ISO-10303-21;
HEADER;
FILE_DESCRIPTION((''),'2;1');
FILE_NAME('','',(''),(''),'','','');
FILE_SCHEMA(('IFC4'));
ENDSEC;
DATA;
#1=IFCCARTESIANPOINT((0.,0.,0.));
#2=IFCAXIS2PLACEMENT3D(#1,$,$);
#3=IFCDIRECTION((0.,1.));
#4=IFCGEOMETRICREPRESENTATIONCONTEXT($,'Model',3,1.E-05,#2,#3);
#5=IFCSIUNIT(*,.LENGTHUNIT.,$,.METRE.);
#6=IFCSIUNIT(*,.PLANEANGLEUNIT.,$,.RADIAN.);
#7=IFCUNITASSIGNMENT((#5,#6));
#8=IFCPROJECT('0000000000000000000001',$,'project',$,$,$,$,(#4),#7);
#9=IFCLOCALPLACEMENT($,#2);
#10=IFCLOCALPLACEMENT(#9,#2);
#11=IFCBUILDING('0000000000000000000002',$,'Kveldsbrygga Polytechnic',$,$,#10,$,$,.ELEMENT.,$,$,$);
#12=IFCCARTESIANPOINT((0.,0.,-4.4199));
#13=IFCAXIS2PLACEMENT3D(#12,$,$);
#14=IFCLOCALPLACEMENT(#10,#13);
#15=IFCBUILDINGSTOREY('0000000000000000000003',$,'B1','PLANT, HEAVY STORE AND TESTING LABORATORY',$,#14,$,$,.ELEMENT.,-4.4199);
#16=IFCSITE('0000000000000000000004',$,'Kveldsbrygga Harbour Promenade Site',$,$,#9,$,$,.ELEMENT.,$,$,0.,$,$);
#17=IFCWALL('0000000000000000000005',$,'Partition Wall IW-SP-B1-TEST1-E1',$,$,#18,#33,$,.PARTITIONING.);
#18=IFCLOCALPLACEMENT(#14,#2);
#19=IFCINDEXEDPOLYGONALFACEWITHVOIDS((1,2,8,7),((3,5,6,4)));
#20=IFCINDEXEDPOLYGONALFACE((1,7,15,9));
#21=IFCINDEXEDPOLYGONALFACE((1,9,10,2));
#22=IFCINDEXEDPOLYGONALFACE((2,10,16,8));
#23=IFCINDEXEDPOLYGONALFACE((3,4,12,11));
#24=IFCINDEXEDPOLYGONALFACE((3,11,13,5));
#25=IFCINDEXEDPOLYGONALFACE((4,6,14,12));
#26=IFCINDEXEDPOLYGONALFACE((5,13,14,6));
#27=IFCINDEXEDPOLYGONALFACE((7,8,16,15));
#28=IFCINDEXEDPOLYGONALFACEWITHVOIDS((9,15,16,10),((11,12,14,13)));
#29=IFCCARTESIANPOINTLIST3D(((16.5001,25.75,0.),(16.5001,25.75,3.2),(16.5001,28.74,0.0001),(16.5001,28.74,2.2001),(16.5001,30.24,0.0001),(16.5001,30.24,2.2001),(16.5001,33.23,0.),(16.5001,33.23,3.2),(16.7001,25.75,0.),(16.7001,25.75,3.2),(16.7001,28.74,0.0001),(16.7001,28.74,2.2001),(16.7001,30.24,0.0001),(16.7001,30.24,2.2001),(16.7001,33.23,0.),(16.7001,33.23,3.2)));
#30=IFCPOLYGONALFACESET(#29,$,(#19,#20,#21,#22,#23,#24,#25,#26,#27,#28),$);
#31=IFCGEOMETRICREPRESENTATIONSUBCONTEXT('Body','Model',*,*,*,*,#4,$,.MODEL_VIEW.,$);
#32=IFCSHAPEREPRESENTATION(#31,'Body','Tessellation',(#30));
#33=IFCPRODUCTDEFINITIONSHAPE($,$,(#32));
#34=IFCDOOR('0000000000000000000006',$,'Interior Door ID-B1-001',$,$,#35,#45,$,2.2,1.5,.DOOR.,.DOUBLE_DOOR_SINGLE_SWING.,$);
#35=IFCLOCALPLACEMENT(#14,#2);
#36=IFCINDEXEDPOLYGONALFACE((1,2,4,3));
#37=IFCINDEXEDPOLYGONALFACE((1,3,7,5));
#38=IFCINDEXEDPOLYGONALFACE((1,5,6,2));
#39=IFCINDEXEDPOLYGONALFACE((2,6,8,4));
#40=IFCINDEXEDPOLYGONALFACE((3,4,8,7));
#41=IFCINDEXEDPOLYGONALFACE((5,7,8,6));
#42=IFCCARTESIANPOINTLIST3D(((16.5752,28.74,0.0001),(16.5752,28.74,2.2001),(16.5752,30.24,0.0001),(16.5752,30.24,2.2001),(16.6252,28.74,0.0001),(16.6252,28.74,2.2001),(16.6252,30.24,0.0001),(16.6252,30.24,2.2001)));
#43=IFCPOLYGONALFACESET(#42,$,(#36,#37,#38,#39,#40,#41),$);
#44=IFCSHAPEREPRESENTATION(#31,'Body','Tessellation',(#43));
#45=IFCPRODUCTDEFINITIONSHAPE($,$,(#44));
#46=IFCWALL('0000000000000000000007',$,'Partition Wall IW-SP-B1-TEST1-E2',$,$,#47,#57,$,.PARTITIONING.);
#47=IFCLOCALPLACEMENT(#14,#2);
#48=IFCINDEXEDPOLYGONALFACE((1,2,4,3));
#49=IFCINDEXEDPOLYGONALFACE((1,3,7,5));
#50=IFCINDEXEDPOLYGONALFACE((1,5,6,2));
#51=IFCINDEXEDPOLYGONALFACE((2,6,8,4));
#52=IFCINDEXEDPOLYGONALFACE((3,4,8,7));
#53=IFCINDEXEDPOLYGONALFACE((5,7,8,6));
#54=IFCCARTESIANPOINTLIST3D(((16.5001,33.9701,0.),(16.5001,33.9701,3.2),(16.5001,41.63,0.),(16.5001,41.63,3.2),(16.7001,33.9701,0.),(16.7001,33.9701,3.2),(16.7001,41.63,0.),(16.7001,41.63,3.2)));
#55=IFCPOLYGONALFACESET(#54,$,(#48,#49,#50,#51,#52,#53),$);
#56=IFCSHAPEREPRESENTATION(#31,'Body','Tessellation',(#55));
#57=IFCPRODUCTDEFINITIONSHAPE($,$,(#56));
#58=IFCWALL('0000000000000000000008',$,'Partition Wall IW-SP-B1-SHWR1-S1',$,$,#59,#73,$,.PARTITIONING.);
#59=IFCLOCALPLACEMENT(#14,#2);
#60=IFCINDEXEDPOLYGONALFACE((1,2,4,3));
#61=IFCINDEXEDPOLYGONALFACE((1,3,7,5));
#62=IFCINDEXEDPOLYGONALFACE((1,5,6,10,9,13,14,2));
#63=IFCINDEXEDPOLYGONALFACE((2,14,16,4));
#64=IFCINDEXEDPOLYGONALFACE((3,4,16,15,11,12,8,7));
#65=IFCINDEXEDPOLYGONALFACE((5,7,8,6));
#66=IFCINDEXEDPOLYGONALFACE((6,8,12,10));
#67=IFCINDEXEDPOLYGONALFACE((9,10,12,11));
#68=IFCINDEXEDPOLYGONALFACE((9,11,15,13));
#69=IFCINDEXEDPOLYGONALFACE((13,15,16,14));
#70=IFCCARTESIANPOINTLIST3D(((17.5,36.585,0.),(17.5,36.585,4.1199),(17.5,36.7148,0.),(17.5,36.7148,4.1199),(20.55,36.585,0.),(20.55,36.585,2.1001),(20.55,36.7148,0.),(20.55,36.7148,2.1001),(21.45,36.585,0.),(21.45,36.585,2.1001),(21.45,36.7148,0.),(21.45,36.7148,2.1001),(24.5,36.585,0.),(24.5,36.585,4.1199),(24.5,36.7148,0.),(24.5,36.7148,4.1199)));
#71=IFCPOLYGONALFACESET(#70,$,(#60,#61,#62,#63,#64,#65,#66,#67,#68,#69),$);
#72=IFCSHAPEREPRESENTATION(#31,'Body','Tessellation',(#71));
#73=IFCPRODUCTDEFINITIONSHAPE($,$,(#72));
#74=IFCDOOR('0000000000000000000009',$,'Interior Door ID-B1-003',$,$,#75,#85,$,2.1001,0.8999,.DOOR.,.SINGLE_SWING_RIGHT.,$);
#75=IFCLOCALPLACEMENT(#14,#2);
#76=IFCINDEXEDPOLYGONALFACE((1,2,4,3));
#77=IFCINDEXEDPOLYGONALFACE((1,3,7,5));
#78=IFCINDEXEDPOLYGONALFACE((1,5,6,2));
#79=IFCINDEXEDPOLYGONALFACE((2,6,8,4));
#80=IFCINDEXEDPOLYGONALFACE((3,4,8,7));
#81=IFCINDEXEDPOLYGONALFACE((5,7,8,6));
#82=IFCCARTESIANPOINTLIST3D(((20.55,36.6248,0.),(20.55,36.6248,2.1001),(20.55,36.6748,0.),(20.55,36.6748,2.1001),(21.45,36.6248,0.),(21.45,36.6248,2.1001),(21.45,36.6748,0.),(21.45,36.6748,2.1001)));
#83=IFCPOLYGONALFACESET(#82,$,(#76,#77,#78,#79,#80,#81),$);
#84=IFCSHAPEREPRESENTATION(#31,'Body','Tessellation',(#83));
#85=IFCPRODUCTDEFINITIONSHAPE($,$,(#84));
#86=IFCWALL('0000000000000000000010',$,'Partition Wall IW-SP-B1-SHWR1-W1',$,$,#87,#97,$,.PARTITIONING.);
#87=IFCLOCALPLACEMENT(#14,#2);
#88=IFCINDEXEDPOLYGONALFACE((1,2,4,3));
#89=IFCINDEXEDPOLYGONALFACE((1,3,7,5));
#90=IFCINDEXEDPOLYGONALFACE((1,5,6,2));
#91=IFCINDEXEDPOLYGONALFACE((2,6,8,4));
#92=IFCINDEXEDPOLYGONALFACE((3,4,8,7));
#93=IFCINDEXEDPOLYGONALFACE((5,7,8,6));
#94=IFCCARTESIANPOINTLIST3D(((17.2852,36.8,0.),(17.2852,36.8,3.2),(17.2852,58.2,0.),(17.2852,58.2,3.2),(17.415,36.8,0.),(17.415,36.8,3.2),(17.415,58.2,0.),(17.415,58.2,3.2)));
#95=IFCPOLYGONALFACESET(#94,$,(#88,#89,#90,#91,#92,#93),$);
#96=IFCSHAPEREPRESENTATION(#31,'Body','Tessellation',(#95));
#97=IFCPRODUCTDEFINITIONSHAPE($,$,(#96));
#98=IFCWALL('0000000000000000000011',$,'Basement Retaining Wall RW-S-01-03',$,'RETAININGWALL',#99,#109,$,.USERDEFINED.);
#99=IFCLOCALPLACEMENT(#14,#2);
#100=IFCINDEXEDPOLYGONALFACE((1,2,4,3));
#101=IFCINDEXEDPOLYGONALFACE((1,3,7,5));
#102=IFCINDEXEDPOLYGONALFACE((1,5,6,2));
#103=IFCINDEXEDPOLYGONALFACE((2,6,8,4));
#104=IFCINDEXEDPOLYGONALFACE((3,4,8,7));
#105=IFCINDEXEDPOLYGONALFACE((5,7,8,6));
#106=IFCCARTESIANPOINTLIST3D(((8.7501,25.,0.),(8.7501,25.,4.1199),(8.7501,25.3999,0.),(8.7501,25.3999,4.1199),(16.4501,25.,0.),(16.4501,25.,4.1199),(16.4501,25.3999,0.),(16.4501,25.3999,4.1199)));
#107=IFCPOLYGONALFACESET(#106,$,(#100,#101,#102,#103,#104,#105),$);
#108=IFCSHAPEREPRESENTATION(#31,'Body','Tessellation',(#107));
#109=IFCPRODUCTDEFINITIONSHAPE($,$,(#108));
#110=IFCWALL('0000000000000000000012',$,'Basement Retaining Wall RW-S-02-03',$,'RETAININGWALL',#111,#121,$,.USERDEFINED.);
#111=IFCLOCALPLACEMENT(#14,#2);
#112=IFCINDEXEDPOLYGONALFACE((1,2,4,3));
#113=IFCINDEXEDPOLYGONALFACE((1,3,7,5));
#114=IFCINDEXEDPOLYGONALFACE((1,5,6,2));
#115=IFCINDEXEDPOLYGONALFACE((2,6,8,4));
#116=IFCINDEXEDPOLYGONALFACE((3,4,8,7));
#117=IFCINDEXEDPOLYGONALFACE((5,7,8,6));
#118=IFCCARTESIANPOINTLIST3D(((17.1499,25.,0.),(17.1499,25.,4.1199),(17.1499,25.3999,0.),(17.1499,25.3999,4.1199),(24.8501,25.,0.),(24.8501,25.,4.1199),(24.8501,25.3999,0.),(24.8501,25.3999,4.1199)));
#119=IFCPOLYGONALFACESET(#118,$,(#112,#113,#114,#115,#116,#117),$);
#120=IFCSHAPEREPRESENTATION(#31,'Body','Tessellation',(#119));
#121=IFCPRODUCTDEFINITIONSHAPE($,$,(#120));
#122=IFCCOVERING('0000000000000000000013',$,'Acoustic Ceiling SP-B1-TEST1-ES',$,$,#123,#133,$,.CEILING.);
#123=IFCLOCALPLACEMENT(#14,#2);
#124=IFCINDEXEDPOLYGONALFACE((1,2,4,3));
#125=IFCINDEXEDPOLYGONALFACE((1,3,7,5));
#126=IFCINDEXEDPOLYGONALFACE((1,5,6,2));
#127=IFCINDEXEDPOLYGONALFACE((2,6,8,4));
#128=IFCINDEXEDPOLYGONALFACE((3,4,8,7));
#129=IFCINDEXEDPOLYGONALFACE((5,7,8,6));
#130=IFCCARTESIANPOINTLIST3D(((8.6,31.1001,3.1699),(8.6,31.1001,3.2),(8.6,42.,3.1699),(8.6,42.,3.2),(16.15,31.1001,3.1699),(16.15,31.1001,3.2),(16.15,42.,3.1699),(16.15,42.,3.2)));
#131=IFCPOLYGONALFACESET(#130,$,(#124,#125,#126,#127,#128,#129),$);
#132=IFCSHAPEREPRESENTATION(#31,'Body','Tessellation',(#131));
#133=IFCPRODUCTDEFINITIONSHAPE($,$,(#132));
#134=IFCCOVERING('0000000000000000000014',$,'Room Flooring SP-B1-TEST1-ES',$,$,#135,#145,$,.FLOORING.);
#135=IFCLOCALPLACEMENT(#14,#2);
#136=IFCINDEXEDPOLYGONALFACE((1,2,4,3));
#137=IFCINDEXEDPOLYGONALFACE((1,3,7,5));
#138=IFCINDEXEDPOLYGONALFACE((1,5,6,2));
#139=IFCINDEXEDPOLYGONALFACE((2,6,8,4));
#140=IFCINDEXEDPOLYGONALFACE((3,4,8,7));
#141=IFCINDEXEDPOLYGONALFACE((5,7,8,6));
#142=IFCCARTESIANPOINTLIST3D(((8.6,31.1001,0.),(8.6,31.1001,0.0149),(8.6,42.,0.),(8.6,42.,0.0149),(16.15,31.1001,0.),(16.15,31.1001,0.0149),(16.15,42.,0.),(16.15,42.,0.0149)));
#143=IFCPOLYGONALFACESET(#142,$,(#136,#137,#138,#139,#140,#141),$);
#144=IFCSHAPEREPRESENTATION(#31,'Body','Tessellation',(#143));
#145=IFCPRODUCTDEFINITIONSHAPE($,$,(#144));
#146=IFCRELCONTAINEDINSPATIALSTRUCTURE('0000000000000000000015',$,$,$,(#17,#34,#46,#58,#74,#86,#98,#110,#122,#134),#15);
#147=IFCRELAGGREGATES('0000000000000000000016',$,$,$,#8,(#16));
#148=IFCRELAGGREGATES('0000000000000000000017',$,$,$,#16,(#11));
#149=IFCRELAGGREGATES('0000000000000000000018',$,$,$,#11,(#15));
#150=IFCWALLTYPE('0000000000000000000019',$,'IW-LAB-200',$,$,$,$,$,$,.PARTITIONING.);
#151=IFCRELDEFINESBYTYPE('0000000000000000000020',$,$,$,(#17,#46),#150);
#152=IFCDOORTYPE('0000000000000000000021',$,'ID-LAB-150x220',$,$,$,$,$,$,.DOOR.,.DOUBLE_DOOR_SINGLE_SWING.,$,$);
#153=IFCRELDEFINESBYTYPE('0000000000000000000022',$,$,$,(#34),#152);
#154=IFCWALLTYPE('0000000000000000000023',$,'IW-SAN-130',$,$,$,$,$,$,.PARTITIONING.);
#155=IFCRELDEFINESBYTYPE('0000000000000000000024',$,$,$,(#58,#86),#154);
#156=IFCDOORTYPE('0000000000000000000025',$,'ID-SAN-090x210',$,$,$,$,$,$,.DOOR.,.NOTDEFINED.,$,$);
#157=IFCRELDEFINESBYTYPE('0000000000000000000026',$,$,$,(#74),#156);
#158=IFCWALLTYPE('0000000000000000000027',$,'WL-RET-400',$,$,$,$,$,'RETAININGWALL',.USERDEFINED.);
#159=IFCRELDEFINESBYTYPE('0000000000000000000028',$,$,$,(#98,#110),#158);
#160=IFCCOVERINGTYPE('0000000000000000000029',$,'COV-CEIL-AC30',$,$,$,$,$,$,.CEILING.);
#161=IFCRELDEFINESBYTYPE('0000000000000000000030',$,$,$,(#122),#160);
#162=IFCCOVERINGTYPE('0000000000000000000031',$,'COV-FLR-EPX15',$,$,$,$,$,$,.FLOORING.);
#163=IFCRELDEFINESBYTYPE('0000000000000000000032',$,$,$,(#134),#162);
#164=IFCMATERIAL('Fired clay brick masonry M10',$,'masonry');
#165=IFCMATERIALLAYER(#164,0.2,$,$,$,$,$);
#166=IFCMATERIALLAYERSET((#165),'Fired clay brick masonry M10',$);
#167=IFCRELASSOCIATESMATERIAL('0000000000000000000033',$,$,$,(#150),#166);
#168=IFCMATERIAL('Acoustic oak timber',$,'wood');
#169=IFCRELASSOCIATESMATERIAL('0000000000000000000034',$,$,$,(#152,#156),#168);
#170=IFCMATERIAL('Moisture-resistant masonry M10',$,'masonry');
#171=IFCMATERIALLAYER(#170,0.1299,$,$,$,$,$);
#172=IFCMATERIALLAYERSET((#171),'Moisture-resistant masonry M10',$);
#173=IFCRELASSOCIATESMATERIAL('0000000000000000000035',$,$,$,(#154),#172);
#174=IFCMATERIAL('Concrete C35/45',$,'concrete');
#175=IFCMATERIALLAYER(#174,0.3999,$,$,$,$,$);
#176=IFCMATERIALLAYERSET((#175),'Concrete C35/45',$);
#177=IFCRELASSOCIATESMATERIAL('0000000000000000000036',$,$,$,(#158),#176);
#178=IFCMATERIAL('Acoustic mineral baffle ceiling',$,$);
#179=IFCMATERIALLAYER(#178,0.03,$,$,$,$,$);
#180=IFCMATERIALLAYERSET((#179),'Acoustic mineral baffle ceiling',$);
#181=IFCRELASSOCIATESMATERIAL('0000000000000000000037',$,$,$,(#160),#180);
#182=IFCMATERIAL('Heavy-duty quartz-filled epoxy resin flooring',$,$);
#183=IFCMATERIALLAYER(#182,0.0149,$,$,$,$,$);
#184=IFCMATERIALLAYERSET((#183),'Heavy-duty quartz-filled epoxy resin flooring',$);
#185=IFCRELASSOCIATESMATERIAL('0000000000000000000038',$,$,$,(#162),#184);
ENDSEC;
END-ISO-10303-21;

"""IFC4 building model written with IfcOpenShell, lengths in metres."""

from ifc_helpers import new_model, si_unit, direction, frame, frame_2d, origin, origin_2d, place, context, subcontext, project, spatial, rectangle, extrude, material, layer, layer_set, type_object, element, fill, save


model = new_model("IFC4")

# Units and contexts
model_context = context("Model", 3, precision=1e-05, world=origin(), true_north=direction((0.0, 1.0)))
body_context = subcontext(model_context, "Body", "Model", "MODEL_VIEW")
ifc_project = project(units=[si_unit("LENGTHUNIT", "METRE"), si_unit("PLANEANGLEUNIT", "RADIAN")], contexts=[model_context])

# Site, building, storey
site_placement = place(None, origin())
site = spatial("IfcSite", under=ifc_project, at=site_placement, Name="Kveldsbrygga Harbour Promenade Site", CompositionType="ELEMENT", RefElevation=0.0)
building_placement = place(site_placement, origin())
building = spatial("IfcBuilding", under=site, at=building_placement, Name="Kveldsbrygga Polytechnic", CompositionType="ELEMENT")
storey_placement = place(building_placement, frame((0.0, 0.0, -4.4199)))
storey = spatial("IfcBuildingStorey", under=building, at=storey_placement, Name="B1", Description="PLANT, HEAVY STORE AND TESTING LABORATORY", CompositionType="ELEMENT", Elevation=-4.4199)

# Shared definitions
ifc_material_1 = material(Name="Concrete C35/45", Category="concrete")

# Wall, opening, door
ifc_material_2 = material(Name="Fired clay brick masonry M10", Category="masonry")
ifc_layer_1 = layer(ifc_material_2, 0.2)
ifc_layer_set_1 = layer_set([ifc_layer_1], Name="Fired clay brick masonry M10")
wall_type_1 = type_object("IfcWallType", Name="IW-LAB-200", PredefinedType="PARTITIONING", material=ifc_layer_set_1)
wall_1_placement = place(storey_placement, frame((16.6001, 25.75, 0.0), z_axis=(0.0, 0.0, 1.0), x_axis=(0.0, 1.0, 0.0)))
wall_1 = element("IfcWall", 1, at=wall_1_placement, inside=storey, type_object=wall_type_1, Name="Partition Wall IW-SP-B1-TEST1-E1", PredefinedType="PARTITIONING", context=body_context, shape_type="SweptSolid", body=[
    extrude(rectangle(XDim=7.48, YDim=0.2, at=frame_2d((3.74, 0.0))), origin(), (0.0, 0.0, 1.0), 3.2),
])
opening_1_placement = place(wall_1_placement, frame((2.99, 0.0, 0.0)))
opening_1 = element("IfcOpeningElement", 2, at=opening_1_placement, cuts=wall_1, PredefinedType="OPENING", context=body_context, shape_type="SweptSolid", body=[
    extrude(rectangle(XDim=1.5, YDim=2.2, at=frame_2d((0.75, 1.1001))), frame((0.0, 0.1099, 0.0), z_axis=(0.0, -1.0, 0.0), x_axis=(1.0, 0.0, 0.0)), (0.0, 0.0, 1.0), 0.22),
])
ifc_material_3 = material(Name="Acoustic oak timber", Category="wood")
door_type_1 = type_object("IfcDoorType", Name="ID-LAB-150x220", OperationType="DOUBLE_DOOR_SINGLE_SWING", PredefinedType="DOOR", material=ifc_material_3)
door_1_placement = place(opening_1_placement, origin())
door_1 = element("IfcDoor", 3, at=door_1_placement, inside=storey, type_object=door_type_1, Name="Interior Door ID-B1-001", OperationType="DOUBLE_DOOR_SINGLE_SWING", OverallHeight=2.2, OverallWidth=1.5, PredefinedType="DOOR", context=body_context, shape_type="SweptSolid", body=[
    extrude(rectangle(XDim=1.5, YDim=2.2, at=frame_2d((0.75, 1.1001))), frame((0.0, 0.0249, 0.0), z_axis=(0.0, -1.0, 0.0), x_axis=(1.0, 0.0, 0.0)), (0.0, 0.0, 1.0), 0.05),
])
fill(opening_1, door_1)

# Wall
wall_2_placement = place(storey_placement, frame((16.6001, 33.97, 0.0), z_axis=(0.0, 0.0, 1.0), x_axis=(0.0, 1.0, 0.0)))
element("IfcWall", 4, at=wall_2_placement, inside=storey, type_object=wall_type_1, Name="Partition Wall IW-SP-B1-TEST1-E2", PredefinedType="PARTITIONING", context=body_context, shape_type="SweptSolid", body=[
    extrude(rectangle(XDim=7.6599, YDim=0.2, at=frame_2d((3.8301, 0.0))), origin(), (0.0, 0.0, 1.0), 3.2),
])

# Wall, opening, door
ifc_material_4 = material(Name="Moisture-resistant masonry M10", Category="masonry")
ifc_layer_2 = layer(ifc_material_4, 0.1299)
ifc_layer_set_2 = layer_set([ifc_layer_2], Name="Moisture-resistant masonry M10")
wall_type_2 = type_object("IfcWallType", Name="IW-SAN-130", PredefinedType="PARTITIONING", material=ifc_layer_set_2)
wall_3_placement = place(storey_placement, frame((17.5, 36.6499, 0.0), z_axis=(0.0, 0.0, 1.0), x_axis=(1.0, 0.0, 0.0)))
wall_3 = element("IfcWall", 5, at=wall_3_placement, inside=storey, type_object=wall_type_2, Name="Partition Wall IW-SP-B1-SHWR1-S1", PredefinedType="PARTITIONING", context=body_context, shape_type="SweptSolid", body=[
    extrude(rectangle(XDim=7.0, YDim=0.1299, at=frame_2d((3.5, 0.0))), origin(), (0.0, 0.0, 1.0), 4.1199),
])
opening_2_placement = place(wall_3_placement, frame((3.05, 0.0, 0.0)))
opening_2 = element("IfcOpeningElement", 6, at=opening_2_placement, cuts=wall_3, PredefinedType="OPENING", context=body_context, shape_type="SweptSolid", body=[
    extrude(rectangle(XDim=0.8999, YDim=2.1001, at=frame_2d((0.45, 1.05))), frame((0.0, 0.075, 0.0), z_axis=(0.0, -1.0, 0.0), x_axis=(1.0, 0.0, 0.0)), (0.0, 0.0, 1.0), 0.1499),
])
door_type_2 = type_object("IfcDoorType", Name="ID-SAN-090x210", OperationType="NOTDEFINED", PredefinedType="DOOR", material=ifc_material_3)
door_2_placement = place(opening_2_placement, origin())
door_2 = element("IfcDoor", 7, at=door_2_placement, inside=storey, type_object=door_type_2, Name="Interior Door ID-B1-003", OperationType="SINGLE_SWING_RIGHT", OverallHeight=2.1001, OverallWidth=0.8999, PredefinedType="DOOR", context=body_context, shape_type="SweptSolid", body=[
    extrude(rectangle(XDim=0.8999, YDim=2.1001, at=frame_2d((0.45, 1.05))), frame((0.0, 0.0249, 0.0), z_axis=(0.0, -1.0, 0.0), x_axis=(1.0, 0.0, 0.0)), (0.0, 0.0, 1.0), 0.05),
])
fill(opening_2, door_2)

# Walls
wall_4_placement = place(storey_placement, frame((17.3501, 36.8, 0.0), z_axis=(0.0, 0.0, 1.0), x_axis=(0.0, 1.0, 0.0)))
element("IfcWall", 8, at=wall_4_placement, inside=storey, type_object=wall_type_2, Name="Partition Wall IW-SP-B1-SHWR1-W1", PredefinedType="PARTITIONING", context=body_context, shape_type="SweptSolid", body=[
    extrude(rectangle(XDim=21.3999, YDim=0.1299, at=frame_2d((10.7, 0.0))), origin(), (0.0, 0.0, 1.0), 3.2),
])
ifc_layer_3 = layer(ifc_material_1, 0.3999)
ifc_layer_set_3 = layer_set([ifc_layer_3], Name="Concrete C35/45")
wall_type_3 = type_object("IfcWallType", Name="WL-RET-400", ElementType="RETAININGWALL", PredefinedType="USERDEFINED", material=ifc_layer_set_3)
wall_5_placement = place(storey_placement, frame((8.75, 25.2, 0.0), z_axis=(0.0, 0.0, 1.0), x_axis=(1.0, 0.0, 0.0)))
element("IfcWall", 9, at=wall_5_placement, inside=storey, type_object=wall_type_3, Name="Basement Retaining Wall RW-S-01-03", ObjectType="RETAININGWALL", PredefinedType="USERDEFINED", context=body_context, shape_type="SweptSolid", body=[
    extrude(rectangle(XDim=7.7, YDim=0.3999, at=frame_2d((3.8501, 0.0))), origin(), (0.0, 0.0, 1.0), 4.1199),
])
wall_6_placement = place(storey_placement, frame((17.1499, 25.2, 0.0), z_axis=(0.0, 0.0, 1.0), x_axis=(1.0, 0.0, 0.0)))
element("IfcWall", 10, at=wall_6_placement, inside=storey, type_object=wall_type_3, Name="Basement Retaining Wall RW-S-02-03", ObjectType="RETAININGWALL", PredefinedType="USERDEFINED", context=body_context, shape_type="SweptSolid", body=[
    extrude(rectangle(XDim=7.7002, YDim=0.3999, at=frame_2d((3.8501, 0.0))), origin(), (0.0, 0.0, 1.0), 4.1199),
])

# Coverings
ifc_material_5 = material(Name="Acoustic mineral baffle ceiling")
ifc_layer_4 = layer(ifc_material_5, 0.03)
ifc_layer_set_4 = layer_set([ifc_layer_4], Name="Acoustic mineral baffle ceiling")
covering_type_1 = type_object("IfcCoveringType", Name="COV-CEIL-AC30", PredefinedType="CEILING", material=ifc_layer_set_4)
covering_1_placement = place(storey_placement, frame((12.375, 36.55, 3.1699), z_axis=(0.0, 0.0, 1.0), x_axis=(1.0, 0.0, 0.0)))
element("IfcCovering", 11, at=covering_1_placement, inside=storey, type_object=covering_type_1, Name="Acoustic Ceiling SP-B1-TEST1-ES", PredefinedType="CEILING", context=body_context, shape_type="SweptSolid", body=[
    extrude(rectangle(XDim=7.55, YDim=10.8999, at=origin_2d()), origin(), (0.0, 0.0, 1.0), 0.03),
])
ifc_material_6 = material(Name="Heavy-duty quartz-filled epoxy resin flooring")
ifc_layer_5 = layer(ifc_material_6, 0.0149)
ifc_layer_set_5 = layer_set([ifc_layer_5], Name="Heavy-duty quartz-filled epoxy resin flooring")
covering_type_2 = type_object("IfcCoveringType", Name="COV-FLR-EPX15", PredefinedType="FLOORING", material=ifc_layer_set_5)
covering_2_placement = place(storey_placement, frame((12.375, 36.55, 0.0), z_axis=(0.0, 0.0, 1.0), x_axis=(1.0, 0.0, 0.0)))
element("IfcCovering", 12, at=covering_2_placement, inside=storey, type_object=covering_type_2, Name="Room Flooring SP-B1-TEST1-ES", PredefinedType="FLOORING", context=body_context, shape_type="SweptSolid", body=[
    extrude(rectangle(XDim=7.55, YDim=10.8999, at=origin_2d()), origin(), (0.0, 0.0, 1.0), 0.0149),
])

save(model, "model.ifc")
